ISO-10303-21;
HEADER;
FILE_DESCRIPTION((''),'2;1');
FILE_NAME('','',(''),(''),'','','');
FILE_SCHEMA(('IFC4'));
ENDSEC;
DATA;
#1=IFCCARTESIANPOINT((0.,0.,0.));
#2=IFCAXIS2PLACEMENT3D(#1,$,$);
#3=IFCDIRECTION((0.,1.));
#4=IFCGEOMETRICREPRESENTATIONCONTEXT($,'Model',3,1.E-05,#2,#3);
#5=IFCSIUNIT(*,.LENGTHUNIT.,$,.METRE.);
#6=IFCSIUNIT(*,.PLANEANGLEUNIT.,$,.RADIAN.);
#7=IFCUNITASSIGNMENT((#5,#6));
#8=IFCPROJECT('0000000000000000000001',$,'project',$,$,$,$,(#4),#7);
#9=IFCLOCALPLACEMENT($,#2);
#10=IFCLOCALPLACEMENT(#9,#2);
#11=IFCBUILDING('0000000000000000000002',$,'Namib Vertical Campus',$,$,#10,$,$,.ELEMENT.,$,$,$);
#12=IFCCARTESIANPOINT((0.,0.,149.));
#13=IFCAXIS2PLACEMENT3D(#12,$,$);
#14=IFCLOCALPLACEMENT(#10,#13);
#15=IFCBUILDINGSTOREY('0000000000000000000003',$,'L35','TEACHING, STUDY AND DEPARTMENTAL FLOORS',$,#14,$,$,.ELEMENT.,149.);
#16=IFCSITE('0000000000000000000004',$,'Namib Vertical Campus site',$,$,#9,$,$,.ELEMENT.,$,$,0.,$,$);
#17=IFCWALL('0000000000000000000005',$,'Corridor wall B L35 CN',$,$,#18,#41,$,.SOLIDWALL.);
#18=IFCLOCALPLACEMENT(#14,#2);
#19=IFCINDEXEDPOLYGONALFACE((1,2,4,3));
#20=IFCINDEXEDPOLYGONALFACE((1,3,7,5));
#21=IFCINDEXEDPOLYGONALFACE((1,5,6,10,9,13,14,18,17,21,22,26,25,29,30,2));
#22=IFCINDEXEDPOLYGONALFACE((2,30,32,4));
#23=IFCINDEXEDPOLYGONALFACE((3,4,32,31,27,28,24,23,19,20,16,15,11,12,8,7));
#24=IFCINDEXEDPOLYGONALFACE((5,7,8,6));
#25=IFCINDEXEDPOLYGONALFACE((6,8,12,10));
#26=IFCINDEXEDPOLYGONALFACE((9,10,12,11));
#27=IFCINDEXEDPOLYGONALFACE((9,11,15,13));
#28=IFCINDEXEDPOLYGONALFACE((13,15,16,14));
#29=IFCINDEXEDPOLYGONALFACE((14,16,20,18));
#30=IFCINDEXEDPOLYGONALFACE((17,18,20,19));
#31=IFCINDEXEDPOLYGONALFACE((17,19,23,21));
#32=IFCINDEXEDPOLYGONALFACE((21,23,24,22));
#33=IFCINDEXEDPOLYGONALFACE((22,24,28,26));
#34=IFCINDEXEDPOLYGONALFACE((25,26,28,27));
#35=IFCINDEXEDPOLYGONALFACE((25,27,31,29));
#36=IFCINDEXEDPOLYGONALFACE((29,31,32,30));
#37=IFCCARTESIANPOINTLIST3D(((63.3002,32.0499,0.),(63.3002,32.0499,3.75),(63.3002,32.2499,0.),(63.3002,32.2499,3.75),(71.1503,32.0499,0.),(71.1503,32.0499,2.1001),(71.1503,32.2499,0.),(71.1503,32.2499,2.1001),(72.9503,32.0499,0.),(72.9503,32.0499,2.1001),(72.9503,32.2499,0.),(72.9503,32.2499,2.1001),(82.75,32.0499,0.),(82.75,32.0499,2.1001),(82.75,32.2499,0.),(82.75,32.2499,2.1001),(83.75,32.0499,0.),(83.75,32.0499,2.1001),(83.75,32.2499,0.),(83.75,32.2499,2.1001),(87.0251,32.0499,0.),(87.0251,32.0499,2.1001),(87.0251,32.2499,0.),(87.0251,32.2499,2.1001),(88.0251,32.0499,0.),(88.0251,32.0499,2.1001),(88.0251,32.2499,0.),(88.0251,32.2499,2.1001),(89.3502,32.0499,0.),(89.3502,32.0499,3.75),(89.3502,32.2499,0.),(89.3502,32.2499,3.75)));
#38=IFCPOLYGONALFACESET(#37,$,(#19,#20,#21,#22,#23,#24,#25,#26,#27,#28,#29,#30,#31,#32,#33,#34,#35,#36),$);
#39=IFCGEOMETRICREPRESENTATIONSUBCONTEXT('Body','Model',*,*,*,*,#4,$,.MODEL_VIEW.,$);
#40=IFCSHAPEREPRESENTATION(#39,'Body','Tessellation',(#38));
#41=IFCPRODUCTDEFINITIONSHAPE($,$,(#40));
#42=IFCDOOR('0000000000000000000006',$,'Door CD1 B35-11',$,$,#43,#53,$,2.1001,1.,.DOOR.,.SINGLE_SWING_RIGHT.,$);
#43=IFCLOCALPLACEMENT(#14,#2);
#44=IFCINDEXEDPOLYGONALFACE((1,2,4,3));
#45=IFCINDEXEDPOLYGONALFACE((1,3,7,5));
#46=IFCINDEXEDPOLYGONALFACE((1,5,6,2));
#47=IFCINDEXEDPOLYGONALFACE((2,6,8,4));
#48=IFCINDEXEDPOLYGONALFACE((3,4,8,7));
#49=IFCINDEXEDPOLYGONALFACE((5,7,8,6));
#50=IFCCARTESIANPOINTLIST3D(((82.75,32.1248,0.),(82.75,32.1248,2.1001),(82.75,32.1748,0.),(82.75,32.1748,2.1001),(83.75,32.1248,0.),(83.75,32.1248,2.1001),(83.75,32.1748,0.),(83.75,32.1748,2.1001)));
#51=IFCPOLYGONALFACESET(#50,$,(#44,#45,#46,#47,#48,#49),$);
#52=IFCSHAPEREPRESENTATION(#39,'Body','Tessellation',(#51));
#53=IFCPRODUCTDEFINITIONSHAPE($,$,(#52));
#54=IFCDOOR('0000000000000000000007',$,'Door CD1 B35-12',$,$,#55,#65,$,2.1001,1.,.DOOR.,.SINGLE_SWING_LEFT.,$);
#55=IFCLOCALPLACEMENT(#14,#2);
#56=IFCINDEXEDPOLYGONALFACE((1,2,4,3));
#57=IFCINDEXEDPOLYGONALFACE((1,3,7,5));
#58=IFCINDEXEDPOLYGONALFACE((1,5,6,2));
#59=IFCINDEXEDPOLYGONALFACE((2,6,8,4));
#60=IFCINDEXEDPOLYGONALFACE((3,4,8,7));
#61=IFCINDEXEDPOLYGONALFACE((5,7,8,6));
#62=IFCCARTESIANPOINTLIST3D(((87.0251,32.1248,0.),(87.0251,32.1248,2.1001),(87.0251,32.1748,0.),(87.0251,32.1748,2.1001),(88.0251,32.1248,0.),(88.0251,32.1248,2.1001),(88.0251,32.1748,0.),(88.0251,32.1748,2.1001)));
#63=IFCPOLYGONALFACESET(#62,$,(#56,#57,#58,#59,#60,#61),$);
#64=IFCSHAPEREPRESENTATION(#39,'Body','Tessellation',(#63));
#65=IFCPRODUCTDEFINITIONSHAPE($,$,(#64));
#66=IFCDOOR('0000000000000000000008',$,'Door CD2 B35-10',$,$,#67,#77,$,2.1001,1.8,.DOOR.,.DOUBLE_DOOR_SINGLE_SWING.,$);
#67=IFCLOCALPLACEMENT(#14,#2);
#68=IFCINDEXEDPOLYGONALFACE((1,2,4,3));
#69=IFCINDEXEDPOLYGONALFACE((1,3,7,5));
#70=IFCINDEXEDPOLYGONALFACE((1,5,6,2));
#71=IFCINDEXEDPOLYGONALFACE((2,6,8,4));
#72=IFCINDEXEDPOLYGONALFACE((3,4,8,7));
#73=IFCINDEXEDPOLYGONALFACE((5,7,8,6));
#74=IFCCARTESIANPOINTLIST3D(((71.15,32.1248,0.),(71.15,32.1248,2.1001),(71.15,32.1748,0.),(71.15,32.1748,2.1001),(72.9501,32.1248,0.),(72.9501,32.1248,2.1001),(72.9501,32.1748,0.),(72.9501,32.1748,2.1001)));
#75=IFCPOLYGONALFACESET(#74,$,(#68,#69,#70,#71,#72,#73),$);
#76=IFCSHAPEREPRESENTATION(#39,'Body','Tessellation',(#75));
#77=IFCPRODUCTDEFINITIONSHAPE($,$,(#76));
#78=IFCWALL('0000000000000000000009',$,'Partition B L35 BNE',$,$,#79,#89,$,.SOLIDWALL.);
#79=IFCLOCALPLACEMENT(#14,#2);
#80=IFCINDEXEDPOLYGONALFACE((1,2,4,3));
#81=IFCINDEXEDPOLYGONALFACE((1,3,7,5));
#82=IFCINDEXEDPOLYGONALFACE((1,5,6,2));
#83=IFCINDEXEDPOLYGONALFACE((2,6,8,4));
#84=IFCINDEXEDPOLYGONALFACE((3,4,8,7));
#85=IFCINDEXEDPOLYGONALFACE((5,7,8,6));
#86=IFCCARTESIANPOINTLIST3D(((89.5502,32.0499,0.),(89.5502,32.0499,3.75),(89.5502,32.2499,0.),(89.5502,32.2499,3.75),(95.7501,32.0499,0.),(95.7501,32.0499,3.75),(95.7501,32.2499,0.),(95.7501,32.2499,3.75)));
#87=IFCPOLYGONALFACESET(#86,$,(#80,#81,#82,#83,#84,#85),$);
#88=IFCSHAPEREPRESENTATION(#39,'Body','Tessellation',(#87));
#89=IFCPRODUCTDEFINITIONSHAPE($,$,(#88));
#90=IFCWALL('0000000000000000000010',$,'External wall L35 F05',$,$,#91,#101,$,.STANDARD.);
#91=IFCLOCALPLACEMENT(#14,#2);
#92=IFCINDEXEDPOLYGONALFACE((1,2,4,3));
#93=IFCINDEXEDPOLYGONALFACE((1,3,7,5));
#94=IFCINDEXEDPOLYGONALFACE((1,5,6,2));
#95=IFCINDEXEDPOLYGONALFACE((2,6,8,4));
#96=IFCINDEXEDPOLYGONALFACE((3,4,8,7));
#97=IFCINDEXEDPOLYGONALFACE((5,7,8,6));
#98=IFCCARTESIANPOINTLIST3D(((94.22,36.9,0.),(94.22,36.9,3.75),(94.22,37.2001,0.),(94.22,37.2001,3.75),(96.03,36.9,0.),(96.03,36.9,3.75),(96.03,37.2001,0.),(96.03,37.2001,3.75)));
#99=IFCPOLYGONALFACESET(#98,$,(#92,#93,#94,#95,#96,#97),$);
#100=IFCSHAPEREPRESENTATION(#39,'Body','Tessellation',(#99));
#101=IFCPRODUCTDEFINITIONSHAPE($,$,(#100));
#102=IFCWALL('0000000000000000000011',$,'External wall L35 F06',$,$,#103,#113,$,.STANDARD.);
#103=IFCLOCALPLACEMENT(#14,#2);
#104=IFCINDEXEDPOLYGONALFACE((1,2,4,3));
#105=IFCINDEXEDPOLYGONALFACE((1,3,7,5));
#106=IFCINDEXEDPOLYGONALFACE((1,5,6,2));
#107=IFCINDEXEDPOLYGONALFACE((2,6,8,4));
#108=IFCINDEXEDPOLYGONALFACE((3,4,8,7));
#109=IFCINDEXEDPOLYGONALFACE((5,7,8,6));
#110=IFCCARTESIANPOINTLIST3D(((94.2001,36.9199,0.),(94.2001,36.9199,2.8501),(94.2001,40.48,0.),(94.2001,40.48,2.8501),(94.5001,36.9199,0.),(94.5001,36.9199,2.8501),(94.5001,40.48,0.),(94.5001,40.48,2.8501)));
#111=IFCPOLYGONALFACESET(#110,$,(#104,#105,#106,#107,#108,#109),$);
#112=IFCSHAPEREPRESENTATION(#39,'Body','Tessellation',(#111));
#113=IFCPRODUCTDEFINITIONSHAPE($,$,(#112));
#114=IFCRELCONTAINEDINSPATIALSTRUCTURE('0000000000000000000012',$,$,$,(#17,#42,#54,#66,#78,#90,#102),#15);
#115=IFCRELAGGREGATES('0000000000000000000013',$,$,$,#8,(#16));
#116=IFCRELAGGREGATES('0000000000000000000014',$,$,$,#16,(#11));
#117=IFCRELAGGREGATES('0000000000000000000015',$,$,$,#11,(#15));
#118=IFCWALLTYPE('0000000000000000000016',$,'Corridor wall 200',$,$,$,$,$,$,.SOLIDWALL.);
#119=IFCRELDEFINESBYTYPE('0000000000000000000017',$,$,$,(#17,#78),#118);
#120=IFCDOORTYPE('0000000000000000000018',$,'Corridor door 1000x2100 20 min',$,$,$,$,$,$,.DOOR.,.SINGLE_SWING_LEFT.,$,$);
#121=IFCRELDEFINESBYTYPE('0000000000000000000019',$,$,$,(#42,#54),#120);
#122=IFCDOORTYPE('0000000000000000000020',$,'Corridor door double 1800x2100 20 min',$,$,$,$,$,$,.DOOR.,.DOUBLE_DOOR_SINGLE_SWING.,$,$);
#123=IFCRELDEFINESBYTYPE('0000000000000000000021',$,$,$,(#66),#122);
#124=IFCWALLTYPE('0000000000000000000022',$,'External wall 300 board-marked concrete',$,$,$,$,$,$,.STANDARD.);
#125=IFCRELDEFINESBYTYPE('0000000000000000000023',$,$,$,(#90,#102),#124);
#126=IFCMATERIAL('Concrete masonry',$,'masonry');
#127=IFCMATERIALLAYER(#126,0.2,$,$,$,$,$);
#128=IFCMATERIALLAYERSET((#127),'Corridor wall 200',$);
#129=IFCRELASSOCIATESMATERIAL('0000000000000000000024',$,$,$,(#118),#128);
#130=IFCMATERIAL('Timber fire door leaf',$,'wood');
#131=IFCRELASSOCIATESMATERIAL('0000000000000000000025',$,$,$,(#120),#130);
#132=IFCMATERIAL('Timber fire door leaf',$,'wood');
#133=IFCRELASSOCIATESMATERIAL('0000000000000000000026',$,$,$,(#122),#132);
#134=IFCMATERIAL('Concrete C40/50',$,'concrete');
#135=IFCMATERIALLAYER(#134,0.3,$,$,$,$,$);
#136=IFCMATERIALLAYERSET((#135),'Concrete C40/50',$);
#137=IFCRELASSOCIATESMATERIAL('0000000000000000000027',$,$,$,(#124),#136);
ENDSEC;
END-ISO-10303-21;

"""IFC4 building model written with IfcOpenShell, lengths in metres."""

from ifc_helpers import new_model, si_unit, direction, frame, frame_2d, origin, place, context, subcontext, project, spatial, rectangle, extrude, material, layer, layer_set, type_object, element, fill, save


model = new_model("IFC4")

# Units and contexts
model_context = context("Model", 3, precision=1e-05, world=origin(), true_north=direction((0.0, 1.0)))
body_context = subcontext(model_context, "Body", "Model", "MODEL_VIEW")
ifc_project = project(units=[si_unit("LENGTHUNIT", "METRE"), si_unit("PLANEANGLEUNIT", "RADIAN")], contexts=[model_context])

# Site, building, storey
site_placement = place(None, origin())
site = spatial("IfcSite", under=ifc_project, at=site_placement, Name="Namib Vertical Campus site", CompositionType="ELEMENT", RefElevation=0.0)
building_placement = place(site_placement, origin())
building = spatial("IfcBuilding", under=site, at=building_placement, Name="Namib Vertical Campus", CompositionType="ELEMENT")
storey_placement = place(building_placement, frame((0.0, 0.0, 149.0)))
storey = spatial("IfcBuildingStorey", under=building, at=storey_placement, Name="L35", Description="TEACHING, STUDY AND DEPARTMENTAL FLOORS", CompositionType="ELEMENT", Elevation=149.0)

# Wall, openings, doors
ifc_material_1 = material(Name="Concrete masonry", Category="masonry")
ifc_layer_1 = layer(ifc_material_1, 0.2)
ifc_layer_set_1 = layer_set([ifc_layer_1], Name="Corridor wall 200")
wall_type_1 = type_object("IfcWallType", Name="Corridor wall 200", PredefinedType="SOLIDWALL", material=ifc_layer_set_1)
wall_1_placement = place(storey_placement, frame((89.3501, 32.1499, 0.0), z_axis=(0.0, 0.0, 1.0), x_axis=(-1.0, 0.0, 0.0)))
wall_1 = element("IfcWall", 1, at=wall_1_placement, inside=storey, type_object=wall_type_1, Name="Corridor wall B L35 CN", PredefinedType="SOLIDWALL", context=body_context, shape_type="SweptSolid", body=[
    extrude(rectangle(XDim=26.05, YDim=0.2, at=frame_2d((13.0249, 0.0))), origin(), (0.0, 0.0, 1.0), 3.75),
])
opening_1_placement = place(wall_1_placement, frame((16.3999, 0.0, 0.0)))
opening_1 = element("IfcOpeningElement", 2, at=opening_1_placement, cuts=wall_1, PredefinedType="OPENING", context=body_context, shape_type="SweptSolid", body=[
    extrude(rectangle(XDim=1.8, YDim=2.1001, at=frame_2d((0.8999, 1.05))), frame((0.0, 0.1099, 0.0), z_axis=(0.0, -1.0, 0.0), x_axis=(1.0, 0.0, 0.0)), (0.0, 0.0, 1.0), 0.22),
])
opening_2_placement = place(wall_1_placement, frame((5.6001, 0.0, 0.0)))
opening_2 = element("IfcOpeningElement", 3, at=opening_2_placement, cuts=wall_1, PredefinedType="OPENING", context=body_context, shape_type="SweptSolid", body=[
    extrude(rectangle(XDim=1.0, YDim=2.1001, at=frame_2d((0.5, 1.05))), frame((0.0, 0.1099, 0.0), z_axis=(0.0, -1.0, 0.0), x_axis=(1.0, 0.0, 0.0)), (0.0, 0.0, 1.0), 0.22),
])
opening_3_placement = place(wall_1_placement, frame((1.325, 0.0, 0.0)))
opening_3 = element("IfcOpeningElement", 4, at=opening_3_placement, cuts=wall_1, PredefinedType="OPENING", context=body_context, shape_type="SweptSolid", body=[
    extrude(rectangle(XDim=1.0, YDim=2.1001, at=frame_2d((0.5, 1.05))), frame((0.0, 0.1099, 0.0), z_axis=(0.0, -1.0, 0.0), x_axis=(1.0, 0.0, 0.0)), (0.0, 0.0, 1.0), 0.22),
])
ifc_material_2 = material(Name="Timber fire door leaf", Category="wood")
door_type_1 = type_object("IfcDoorType", Name="Corridor door 1000x2100 20 min", OperationType="SINGLE_SWING_LEFT", PredefinedType="DOOR", material=ifc_material_2)
door_1_placement = place(opening_2_placement, frame((1.0, 0.0, 0.0), z_axis=(0.0, 0.0, 1.0), x_axis=(-1.0, 0.0, 0.0)))
door_1 = element("IfcDoor", 5, at=door_1_placement, inside=storey, type_object=door_type_1, Name="Door CD1 B35-11", OperationType="SINGLE_SWING_RIGHT", OverallHeight=2.1001, OverallWidth=1.0, PredefinedType="DOOR", context=body_context, shape_type="SweptSolid", body=[
    extrude(rectangle(XDim=1.0, YDim=2.1001, at=frame_2d((0.5, 1.05))), frame((0.0, 0.0249, 0.0), z_axis=(0.0, -1.0, 0.0), x_axis=(1.0, 0.0, 0.0)), (0.0, 0.0, 1.0), 0.05),
])
fill(opening_2, door_1)
door_2_placement = place(opening_3_placement, frame((1.0, 0.0, 0.0), z_axis=(0.0, 0.0, 1.0), x_axis=(-1.0, 0.0, 0.0)))
door_2 = element("IfcDoor", 6, at=door_2_placement, inside=storey, type_object=door_type_1, Name="Door CD1 B35-12", OperationType="SINGLE_SWING_LEFT", OverallHeight=2.1001, OverallWidth=1.0, PredefinedType="DOOR", context=body_context, shape_type="SweptSolid", body=[
    extrude(rectangle(XDim=1.0, YDim=2.1001, at=frame_2d((0.5, 1.05))), frame((0.0, 0.0249, 0.0), z_axis=(0.0, -1.0, 0.0), x_axis=(1.0, 0.0, 0.0)), (0.0, 0.0, 1.0), 0.05),
])
fill(opening_3, door_2)
ifc_material_3 = material(Name="Timber fire door leaf", Category="wood")
door_type_2 = type_object("IfcDoorType", Name="Corridor door double 1800x2100 20 min", OperationType="DOUBLE_DOOR_SINGLE_SWING", PredefinedType="DOOR", material=ifc_material_3)
door_3_placement = place(opening_1_placement, frame((1.8, 0.0, 0.0), z_axis=(0.0, 0.0, 1.0), x_axis=(-1.0, 0.0, 0.0)))
door_3 = element("IfcDoor", 7, at=door_3_placement, inside=storey, type_object=door_type_2, Name="Door CD2 B35-10", OperationType="DOUBLE_DOOR_SINGLE_SWING", OverallHeight=2.1001, OverallWidth=1.8, PredefinedType="DOOR", context=body_context, shape_type="SweptSolid", body=[
    extrude(rectangle(XDim=1.8, YDim=2.1001, at=frame_2d((0.8999, 1.05))), frame((0.0, 0.0249, 0.0), z_axis=(0.0, -1.0, 0.0), x_axis=(1.0, 0.0, 0.0)), (0.0, 0.0, 1.0), 0.05),
])
fill(opening_1, door_3)

# Walls
wall_2_placement = place(storey_placement, frame((89.55, 32.1499, 0.0), z_axis=(0.0, 0.0, 1.0), x_axis=(1.0, 0.0, 0.0)))
element("IfcWall", 8, at=wall_2_placement, inside=storey, type_object=wall_type_1, Name="Partition B L35 BNE", PredefinedType="SOLIDWALL", context=body_context, shape_type="SweptSolid", body=[
    extrude(rectangle(XDim=6.2, YDim=0.2, at=frame_2d((3.1001, 0.0))), origin(), (0.0, 0.0, 1.0), 3.75),
])
ifc_material_4 = material(Name="Concrete C40/50", Category="concrete")
ifc_layer_2 = layer(ifc_material_4, 0.3)
ifc_layer_set_2 = layer_set([ifc_layer_2], Name="Concrete C40/50")
wall_type_2 = type_object("IfcWallType", Name="External wall 300 board-marked concrete", PredefinedType="STANDARD", material=ifc_layer_set_2)
wall_3_placement = place(storey_placement, frame((96.03, 37.05, 0.0), z_axis=(0.0, 0.0, 1.0), x_axis=(-1.0, 0.0, 0.0)))
element("IfcWall", 9, at=wall_3_placement, inside=storey, type_object=wall_type_2, Name="External wall L35 F05", PredefinedType="STANDARD", context=body_context, shape_type="SweptSolid", body=[
    extrude(rectangle(XDim=1.8101, YDim=0.3, at=frame_2d((0.905, 0.0))), origin(), (0.0, 0.0, 1.0), 3.75),
])
wall_4_placement = place(storey_placement, frame((94.3501, 36.9199, 0.0), z_axis=(0.0, 0.0, 1.0), x_axis=(0.0, 1.0, 0.0)))
element("IfcWall", 10, at=wall_4_placement, inside=storey, type_object=wall_type_2, Name="External wall L35 F06", PredefinedType="STANDARD", context=body_context, shape_type="SweptSolid", body=[
    extrude(rectangle(XDim=3.5601, YDim=0.3, at=frame_2d((1.78, 0.0))), origin(), (0.0, 0.0, 1.0), 2.8501),
])

save(model, "model.ifc")
